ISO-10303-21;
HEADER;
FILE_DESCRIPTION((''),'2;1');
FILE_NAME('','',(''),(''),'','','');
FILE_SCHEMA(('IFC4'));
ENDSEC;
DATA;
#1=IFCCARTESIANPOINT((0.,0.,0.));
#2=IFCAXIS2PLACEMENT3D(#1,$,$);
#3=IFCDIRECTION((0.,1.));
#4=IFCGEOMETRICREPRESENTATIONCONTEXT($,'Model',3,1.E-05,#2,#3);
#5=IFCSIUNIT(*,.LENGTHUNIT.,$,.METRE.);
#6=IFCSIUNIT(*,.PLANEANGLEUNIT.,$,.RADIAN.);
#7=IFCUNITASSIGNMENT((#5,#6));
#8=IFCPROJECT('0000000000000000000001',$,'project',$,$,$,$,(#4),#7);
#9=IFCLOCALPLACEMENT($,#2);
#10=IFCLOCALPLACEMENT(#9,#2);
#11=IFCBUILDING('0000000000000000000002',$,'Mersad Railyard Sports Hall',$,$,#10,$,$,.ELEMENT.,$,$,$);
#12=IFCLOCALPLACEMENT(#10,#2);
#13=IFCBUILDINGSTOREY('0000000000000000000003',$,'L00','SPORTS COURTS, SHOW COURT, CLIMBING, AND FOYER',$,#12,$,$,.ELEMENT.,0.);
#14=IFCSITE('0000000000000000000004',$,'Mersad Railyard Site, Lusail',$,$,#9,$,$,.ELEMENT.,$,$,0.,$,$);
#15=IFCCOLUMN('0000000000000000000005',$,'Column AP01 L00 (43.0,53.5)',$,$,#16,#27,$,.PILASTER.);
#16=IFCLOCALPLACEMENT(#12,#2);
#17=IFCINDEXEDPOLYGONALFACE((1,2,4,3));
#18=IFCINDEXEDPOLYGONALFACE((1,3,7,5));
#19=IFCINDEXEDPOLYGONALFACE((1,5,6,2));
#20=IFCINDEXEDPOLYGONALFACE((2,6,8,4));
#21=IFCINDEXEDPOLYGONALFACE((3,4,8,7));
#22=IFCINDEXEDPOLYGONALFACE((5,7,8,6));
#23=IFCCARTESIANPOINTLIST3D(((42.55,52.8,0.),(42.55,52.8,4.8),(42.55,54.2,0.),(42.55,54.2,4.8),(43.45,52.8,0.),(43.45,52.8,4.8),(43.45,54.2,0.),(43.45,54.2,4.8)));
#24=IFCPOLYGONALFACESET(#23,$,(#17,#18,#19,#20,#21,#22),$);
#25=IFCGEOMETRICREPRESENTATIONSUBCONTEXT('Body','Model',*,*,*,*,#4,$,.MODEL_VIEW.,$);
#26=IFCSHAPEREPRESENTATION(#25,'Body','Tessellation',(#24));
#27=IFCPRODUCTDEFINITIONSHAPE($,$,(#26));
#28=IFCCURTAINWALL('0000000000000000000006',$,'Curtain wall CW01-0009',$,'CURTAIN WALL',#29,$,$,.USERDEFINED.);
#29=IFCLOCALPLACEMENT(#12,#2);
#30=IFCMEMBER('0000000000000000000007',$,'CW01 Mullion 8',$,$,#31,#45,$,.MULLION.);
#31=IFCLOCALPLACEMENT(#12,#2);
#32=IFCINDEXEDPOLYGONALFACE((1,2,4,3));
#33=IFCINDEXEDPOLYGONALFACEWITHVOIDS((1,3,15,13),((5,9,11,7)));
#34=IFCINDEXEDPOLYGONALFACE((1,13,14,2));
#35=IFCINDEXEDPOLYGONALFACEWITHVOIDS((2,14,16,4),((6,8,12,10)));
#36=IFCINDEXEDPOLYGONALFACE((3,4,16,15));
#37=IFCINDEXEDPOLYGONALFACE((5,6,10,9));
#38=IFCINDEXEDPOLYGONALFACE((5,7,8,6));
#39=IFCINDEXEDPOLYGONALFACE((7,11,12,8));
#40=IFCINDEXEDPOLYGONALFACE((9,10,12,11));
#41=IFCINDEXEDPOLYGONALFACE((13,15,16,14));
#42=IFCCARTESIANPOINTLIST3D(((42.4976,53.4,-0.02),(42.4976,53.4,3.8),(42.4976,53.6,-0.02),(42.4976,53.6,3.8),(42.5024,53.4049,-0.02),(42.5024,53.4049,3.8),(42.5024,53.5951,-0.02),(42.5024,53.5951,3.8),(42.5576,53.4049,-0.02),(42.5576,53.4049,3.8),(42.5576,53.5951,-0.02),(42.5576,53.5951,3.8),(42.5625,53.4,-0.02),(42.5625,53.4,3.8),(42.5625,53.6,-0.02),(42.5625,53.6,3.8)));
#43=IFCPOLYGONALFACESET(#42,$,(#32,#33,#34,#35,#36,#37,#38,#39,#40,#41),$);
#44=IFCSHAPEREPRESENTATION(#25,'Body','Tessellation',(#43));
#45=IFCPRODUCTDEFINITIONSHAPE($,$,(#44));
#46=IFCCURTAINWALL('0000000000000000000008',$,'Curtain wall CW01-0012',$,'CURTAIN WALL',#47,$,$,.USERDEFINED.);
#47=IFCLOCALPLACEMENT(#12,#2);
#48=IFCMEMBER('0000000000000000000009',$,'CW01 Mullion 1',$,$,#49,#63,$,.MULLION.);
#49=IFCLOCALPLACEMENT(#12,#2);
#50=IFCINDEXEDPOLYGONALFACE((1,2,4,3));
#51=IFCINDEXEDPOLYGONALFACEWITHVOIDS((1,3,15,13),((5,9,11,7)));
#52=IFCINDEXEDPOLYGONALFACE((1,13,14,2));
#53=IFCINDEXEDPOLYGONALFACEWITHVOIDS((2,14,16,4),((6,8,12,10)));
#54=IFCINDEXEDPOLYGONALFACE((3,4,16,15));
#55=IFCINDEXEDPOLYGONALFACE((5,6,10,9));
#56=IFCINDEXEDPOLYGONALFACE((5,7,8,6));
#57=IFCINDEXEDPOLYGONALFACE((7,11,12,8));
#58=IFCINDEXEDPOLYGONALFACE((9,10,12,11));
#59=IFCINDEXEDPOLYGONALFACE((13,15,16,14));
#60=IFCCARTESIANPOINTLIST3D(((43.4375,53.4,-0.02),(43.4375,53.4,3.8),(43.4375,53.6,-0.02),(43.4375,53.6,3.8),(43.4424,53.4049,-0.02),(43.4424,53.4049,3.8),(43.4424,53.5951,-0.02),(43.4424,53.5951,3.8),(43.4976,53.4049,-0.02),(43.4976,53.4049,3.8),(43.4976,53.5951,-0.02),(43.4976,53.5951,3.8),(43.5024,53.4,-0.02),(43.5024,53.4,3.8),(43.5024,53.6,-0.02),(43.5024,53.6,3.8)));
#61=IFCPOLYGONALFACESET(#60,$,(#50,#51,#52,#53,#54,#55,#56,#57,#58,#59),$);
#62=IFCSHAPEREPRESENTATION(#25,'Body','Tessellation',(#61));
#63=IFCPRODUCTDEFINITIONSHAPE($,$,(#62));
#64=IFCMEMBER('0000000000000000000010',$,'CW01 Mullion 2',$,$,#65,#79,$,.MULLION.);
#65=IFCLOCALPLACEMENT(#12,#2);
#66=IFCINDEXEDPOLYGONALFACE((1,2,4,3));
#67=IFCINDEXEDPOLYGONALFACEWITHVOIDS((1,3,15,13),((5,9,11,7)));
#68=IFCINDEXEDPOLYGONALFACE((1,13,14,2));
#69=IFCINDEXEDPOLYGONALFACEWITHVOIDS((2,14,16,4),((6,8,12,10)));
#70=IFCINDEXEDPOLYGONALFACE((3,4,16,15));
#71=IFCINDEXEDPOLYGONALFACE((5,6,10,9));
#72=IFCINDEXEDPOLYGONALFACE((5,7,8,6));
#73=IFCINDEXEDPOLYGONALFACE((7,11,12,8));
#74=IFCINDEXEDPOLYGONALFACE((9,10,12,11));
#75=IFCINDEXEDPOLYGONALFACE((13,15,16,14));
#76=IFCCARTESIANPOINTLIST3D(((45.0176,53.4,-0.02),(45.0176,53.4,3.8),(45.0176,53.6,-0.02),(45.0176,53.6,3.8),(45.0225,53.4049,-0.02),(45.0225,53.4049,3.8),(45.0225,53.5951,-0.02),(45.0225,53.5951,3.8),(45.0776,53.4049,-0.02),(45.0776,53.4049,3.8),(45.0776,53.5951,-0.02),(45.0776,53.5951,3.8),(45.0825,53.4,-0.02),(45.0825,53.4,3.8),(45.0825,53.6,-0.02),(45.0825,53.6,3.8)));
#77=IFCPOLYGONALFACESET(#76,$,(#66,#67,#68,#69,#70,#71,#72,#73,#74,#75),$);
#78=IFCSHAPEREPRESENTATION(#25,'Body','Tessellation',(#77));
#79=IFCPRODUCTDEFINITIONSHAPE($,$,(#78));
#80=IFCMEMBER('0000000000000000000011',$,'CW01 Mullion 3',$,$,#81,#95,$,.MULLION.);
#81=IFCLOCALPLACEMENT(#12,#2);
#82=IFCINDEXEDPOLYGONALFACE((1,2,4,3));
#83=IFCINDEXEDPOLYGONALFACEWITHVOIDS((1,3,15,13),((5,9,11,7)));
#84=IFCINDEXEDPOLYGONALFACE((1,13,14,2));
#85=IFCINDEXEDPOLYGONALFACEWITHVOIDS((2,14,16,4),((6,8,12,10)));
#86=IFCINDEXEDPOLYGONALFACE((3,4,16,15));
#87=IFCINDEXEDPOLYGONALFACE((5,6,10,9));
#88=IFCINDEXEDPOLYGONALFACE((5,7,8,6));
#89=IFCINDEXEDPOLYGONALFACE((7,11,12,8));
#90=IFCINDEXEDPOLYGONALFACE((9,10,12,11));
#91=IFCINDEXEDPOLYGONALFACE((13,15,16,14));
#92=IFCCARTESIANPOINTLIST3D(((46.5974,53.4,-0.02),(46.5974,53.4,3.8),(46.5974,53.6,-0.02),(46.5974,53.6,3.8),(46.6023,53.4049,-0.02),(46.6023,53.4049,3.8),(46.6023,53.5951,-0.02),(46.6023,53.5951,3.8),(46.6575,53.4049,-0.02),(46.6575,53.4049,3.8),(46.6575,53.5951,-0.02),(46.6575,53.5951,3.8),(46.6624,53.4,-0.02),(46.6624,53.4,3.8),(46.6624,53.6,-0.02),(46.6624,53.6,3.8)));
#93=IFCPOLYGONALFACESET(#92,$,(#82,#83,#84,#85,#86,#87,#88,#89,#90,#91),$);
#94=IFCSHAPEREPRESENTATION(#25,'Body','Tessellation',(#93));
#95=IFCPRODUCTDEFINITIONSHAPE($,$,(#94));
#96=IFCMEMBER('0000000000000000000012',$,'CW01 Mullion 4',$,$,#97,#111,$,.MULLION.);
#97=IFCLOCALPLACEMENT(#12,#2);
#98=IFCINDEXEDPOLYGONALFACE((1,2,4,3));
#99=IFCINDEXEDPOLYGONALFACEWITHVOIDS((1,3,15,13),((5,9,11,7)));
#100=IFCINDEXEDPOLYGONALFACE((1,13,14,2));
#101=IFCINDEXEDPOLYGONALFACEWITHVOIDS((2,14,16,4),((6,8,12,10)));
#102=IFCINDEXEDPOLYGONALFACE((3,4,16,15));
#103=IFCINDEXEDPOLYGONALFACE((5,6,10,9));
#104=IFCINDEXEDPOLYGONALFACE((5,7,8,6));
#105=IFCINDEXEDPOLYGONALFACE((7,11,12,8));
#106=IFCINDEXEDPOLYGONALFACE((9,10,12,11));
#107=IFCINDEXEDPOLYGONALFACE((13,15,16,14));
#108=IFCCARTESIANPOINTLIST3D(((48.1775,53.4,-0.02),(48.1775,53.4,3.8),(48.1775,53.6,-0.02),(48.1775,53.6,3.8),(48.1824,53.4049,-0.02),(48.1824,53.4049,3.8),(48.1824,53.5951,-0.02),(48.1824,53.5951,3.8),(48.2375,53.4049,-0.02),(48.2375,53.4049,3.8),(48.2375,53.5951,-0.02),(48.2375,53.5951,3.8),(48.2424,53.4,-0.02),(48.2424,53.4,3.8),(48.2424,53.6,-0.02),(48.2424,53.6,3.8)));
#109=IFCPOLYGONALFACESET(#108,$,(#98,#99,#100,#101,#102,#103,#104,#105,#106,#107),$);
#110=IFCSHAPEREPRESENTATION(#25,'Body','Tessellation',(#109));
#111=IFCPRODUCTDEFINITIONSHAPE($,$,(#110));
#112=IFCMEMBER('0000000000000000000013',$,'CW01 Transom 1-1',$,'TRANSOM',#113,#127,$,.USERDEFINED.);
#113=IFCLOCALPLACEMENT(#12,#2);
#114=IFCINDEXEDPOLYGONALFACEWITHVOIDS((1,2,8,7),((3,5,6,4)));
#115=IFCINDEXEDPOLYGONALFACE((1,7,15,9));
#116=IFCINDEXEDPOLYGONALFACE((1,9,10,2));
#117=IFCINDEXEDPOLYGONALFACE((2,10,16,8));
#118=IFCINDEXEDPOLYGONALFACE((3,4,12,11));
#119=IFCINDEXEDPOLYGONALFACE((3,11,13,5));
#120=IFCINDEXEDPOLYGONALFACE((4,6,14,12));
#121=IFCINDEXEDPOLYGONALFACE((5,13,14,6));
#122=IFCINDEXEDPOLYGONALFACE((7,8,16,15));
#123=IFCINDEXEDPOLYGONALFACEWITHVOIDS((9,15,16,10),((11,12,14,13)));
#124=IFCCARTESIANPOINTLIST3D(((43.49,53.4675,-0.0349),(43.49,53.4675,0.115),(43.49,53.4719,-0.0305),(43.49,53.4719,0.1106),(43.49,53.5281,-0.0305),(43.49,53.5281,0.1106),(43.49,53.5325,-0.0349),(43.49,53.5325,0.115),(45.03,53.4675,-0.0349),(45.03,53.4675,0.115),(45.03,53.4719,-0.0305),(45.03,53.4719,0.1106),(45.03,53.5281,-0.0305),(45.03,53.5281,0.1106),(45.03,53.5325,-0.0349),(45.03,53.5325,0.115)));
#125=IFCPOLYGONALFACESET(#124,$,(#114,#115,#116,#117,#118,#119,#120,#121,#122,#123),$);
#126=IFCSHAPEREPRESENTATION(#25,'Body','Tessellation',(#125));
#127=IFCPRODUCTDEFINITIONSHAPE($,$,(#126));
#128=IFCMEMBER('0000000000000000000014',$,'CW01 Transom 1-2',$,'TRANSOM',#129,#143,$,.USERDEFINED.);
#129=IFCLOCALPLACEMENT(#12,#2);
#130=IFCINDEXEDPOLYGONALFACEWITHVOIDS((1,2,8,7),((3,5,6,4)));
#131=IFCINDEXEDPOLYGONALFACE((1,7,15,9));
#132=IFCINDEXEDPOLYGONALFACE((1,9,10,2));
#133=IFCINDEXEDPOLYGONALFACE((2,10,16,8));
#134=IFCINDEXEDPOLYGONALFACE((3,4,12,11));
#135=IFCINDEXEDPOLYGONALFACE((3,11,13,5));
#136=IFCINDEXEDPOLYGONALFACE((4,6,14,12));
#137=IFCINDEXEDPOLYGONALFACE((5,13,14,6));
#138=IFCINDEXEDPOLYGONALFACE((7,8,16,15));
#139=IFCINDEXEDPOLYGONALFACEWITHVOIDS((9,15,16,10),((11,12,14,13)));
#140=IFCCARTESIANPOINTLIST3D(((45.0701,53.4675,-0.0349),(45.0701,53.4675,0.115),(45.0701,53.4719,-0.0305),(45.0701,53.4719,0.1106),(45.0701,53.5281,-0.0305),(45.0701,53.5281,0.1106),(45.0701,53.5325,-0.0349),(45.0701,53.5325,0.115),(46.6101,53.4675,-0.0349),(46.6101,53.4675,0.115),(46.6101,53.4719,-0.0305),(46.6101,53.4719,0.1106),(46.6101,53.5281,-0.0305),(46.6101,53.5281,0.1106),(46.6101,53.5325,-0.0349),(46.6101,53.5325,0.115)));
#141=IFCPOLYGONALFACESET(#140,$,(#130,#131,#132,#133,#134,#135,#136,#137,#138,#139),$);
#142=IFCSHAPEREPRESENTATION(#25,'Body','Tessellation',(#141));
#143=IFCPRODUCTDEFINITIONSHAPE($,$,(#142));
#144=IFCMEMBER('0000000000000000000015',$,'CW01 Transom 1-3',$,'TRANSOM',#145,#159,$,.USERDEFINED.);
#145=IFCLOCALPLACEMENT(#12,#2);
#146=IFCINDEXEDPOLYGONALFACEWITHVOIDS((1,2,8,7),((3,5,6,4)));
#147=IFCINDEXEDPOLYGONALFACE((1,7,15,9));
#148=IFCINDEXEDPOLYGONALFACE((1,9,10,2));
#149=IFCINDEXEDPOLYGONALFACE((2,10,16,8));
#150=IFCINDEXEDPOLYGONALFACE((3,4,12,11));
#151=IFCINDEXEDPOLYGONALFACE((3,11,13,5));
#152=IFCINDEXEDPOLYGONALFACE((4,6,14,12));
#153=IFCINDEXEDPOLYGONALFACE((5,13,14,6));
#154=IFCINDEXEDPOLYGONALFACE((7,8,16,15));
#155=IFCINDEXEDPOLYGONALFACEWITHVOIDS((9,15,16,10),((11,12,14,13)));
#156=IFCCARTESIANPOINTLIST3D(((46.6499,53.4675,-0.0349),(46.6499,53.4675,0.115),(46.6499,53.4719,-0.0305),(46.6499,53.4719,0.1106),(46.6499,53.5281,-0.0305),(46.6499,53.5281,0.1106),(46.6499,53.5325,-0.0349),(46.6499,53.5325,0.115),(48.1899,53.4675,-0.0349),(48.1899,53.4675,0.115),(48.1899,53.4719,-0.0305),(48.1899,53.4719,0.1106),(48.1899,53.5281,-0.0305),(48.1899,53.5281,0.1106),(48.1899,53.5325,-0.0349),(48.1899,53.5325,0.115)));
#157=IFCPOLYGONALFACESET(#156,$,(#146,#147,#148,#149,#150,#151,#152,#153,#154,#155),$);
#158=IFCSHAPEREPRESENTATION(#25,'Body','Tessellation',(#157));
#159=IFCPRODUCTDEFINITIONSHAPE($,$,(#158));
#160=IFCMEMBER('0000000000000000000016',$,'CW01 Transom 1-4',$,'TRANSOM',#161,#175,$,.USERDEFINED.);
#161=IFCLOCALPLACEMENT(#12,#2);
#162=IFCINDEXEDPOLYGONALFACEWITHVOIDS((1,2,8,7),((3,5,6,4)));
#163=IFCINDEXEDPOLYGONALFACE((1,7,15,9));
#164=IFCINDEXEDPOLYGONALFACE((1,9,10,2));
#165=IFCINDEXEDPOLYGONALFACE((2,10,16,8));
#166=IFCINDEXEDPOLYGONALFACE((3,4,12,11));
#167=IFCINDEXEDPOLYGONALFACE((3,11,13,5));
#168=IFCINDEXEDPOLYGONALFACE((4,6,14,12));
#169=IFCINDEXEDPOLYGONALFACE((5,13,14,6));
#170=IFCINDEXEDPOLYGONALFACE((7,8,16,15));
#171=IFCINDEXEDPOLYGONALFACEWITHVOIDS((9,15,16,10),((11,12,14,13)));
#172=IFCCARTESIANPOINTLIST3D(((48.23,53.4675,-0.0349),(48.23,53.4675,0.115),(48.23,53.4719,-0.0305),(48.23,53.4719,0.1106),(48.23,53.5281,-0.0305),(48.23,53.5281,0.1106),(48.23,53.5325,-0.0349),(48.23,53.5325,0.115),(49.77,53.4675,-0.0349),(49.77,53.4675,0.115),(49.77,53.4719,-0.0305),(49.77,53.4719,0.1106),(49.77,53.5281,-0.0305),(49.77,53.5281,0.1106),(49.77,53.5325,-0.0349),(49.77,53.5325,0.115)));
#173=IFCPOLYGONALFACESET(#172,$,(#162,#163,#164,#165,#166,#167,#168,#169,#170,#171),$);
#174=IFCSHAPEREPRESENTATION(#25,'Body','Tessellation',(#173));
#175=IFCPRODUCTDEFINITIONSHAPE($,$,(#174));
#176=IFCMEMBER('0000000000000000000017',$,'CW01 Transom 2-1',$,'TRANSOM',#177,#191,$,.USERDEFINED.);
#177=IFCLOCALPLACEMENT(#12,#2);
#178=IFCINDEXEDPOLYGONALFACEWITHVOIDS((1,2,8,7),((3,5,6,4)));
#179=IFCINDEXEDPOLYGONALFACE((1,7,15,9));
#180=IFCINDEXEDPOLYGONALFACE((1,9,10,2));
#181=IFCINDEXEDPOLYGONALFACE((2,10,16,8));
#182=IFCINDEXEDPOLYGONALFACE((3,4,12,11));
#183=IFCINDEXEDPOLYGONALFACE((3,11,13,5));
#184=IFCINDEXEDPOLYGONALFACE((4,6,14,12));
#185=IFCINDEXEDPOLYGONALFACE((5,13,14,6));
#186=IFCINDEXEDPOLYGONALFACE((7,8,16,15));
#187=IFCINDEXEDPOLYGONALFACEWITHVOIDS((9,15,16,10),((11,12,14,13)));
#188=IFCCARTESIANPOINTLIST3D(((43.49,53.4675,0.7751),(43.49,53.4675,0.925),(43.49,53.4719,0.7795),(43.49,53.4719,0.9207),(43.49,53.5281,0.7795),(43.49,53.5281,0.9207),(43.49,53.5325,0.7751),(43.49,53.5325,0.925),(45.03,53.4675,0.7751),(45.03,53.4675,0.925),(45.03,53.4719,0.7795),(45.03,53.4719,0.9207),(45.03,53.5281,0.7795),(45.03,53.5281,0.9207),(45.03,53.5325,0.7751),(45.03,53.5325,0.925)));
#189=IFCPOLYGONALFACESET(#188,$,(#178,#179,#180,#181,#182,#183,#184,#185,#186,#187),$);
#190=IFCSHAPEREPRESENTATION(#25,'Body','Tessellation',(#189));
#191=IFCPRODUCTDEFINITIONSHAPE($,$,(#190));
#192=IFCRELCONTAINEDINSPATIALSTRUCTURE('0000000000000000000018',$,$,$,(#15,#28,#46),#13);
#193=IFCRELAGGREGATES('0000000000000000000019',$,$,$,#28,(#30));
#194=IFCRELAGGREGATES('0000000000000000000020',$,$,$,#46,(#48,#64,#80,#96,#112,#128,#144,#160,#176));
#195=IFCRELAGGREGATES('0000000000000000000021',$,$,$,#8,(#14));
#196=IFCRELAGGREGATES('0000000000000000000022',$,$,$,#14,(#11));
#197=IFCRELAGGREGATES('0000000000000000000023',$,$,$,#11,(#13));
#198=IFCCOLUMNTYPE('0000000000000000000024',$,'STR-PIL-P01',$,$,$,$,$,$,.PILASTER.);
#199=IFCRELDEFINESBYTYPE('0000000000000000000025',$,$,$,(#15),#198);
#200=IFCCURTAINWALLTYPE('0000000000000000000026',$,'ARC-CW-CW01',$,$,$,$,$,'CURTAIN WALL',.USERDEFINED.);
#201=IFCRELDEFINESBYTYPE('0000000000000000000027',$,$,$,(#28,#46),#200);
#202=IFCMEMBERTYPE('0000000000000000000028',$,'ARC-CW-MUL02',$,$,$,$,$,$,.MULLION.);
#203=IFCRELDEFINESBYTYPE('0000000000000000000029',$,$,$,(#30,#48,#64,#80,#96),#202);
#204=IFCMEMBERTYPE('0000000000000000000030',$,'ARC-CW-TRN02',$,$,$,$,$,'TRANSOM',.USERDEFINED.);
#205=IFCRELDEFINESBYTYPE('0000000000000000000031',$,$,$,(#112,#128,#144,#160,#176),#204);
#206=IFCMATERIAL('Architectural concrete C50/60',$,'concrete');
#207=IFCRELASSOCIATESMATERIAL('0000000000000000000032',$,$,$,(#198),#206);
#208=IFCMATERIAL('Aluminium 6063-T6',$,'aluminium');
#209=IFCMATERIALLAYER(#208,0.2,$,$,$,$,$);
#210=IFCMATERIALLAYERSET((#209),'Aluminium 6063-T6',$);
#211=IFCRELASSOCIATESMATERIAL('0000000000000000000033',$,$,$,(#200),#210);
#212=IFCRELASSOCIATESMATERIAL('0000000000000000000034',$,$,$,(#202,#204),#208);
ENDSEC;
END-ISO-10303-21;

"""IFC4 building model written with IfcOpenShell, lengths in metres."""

from ifc_helpers import new_model, si_unit, direction, frame, origin, origin_2d, place, context, subcontext, project, spatial, rectangle, hollow_rectangle, extrude, material, layer, layer_set, material_profile, profile_set, type_object, element, aggregate, save


model = new_model("IFC4")

# Units and contexts
model_context = context("Model", 3, precision=1e-05, world=origin(), true_north=direction((0.0, 1.0)))
body_context = subcontext(model_context, "Body", "Model", "MODEL_VIEW")
ifc_project = project(units=[si_unit("LENGTHUNIT", "METRE"), si_unit("PLANEANGLEUNIT", "RADIAN")], contexts=[model_context])

# Site, building, storey
site_placement = place(None, origin())
site = spatial("IfcSite", under=ifc_project, at=site_placement, Name="Mersad Railyard Site, Lusail", CompositionType="ELEMENT", RefElevation=0.0)
building_placement = place(site_placement, origin())
building = spatial("IfcBuilding", under=site, at=building_placement, Name="Mersad Railyard Sports Hall", CompositionType="ELEMENT")
storey_placement = place(building_placement, origin())
storey = spatial("IfcBuildingStorey", under=building, at=storey_placement, Name="L00", Description="SPORTS COURTS, SHOW COURT, CLIMBING, AND FOYER", CompositionType="ELEMENT", Elevation=0.0)

# Column
ifc_material_1 = material(Name="Architectural concrete C50/60", Category="concrete")
ifc_material_profile_1 = material_profile(ifc_material_1, rectangle(XDim=0.8999, YDim=1.3999, at=origin_2d()), Name="RC 900x1400")
ifc_profile_set_1 = profile_set([ifc_material_profile_1], Name="Architectural concrete C50/60")
column_type = type_object("IfcColumnType", Name="STR-PIL-P01", PredefinedType="PILASTER", material=ifc_profile_set_1)
column_placement = place(storey_placement, frame((43.0, 53.5, 0.0), z_axis=(0.0, 0.0, 1.0), x_axis=(1.0, 0.0, 0.0)))
element("IfcColumn", 1, at=column_placement, inside=storey, type_object=column_type, Name="Column AP01 L00 (43.0,53.5)", PredefinedType="PILASTER", context=body_context, shape_type="SweptSolid", body=[
    extrude(rectangle(XDim=0.8999, YDim=1.3999, at=origin_2d()), origin(), (0.0, 0.0, 1.0), 4.8),
])

# Curtain wall, member
ifc_material_2 = material(Name="Aluminium 6063-T6", Category="aluminium")
ifc_layer_1 = layer(ifc_material_2, 0.2)
ifc_layer_set_1 = layer_set([ifc_layer_1], Name="Aluminium 6063-T6")
curtain_wall_type = type_object("IfcCurtainWallType", Name="ARC-CW-CW01", ElementType="CURTAIN WALL", PredefinedType="USERDEFINED", material=ifc_layer_set_1)
curtain_wall_1_placement = place(storey_placement, origin())
curtain_wall_1 = element("IfcCurtainWall", 2, at=curtain_wall_1_placement, inside=storey, type_object=curtain_wall_type, Name="Curtain wall CW01-0009", ObjectType="CURTAIN WALL", PredefinedType="USERDEFINED")
ifc_material_profile_2 = material_profile(ifc_material_2, hollow_rectangle(XDim=0.0649, YDim=0.2, WallThickness=0.0049, at=origin_2d()), Name="AL MULLION 65x200x5")
ifc_profile_set_2 = profile_set([ifc_material_profile_2], Name="Aluminium 6063-T6")
member_type_1 = type_object("IfcMemberType", Name="ARC-CW-MUL02", PredefinedType="MULLION", material=ifc_profile_set_2)
member_1_placement = place(storey_placement, frame((42.53, 53.5, -0.02), z_axis=(0.0, 0.0, 1.0), x_axis=(1.0, 0.0, 0.0)))
member_1 = element("IfcMember", 3, at=member_1_placement, type_object=member_type_1, Name="CW01 Mullion 8", PredefinedType="MULLION", context=body_context, shape_type="SweptSolid", body=[
    extrude(hollow_rectangle(XDim=0.0649, YDim=0.2, WallThickness=0.0049, at=origin_2d()), origin(), (0.0, 0.0, 1.0), 3.8201),
])

# Curtain wall, members
curtain_wall_2_placement = place(storey_placement, origin())
curtain_wall_2 = element("IfcCurtainWall", 4, at=curtain_wall_2_placement, inside=storey, type_object=curtain_wall_type, Name="Curtain wall CW01-0012", ObjectType="CURTAIN WALL", PredefinedType="USERDEFINED")
member_2_placement = place(storey_placement, frame((43.47, 53.5, -0.02), z_axis=(0.0, 0.0, 1.0), x_axis=(1.0, 0.0, 0.0)))
member_2 = element("IfcMember", 5, at=member_2_placement, type_object=member_type_1, Name="CW01 Mullion 1", PredefinedType="MULLION", context=body_context, shape_type="SweptSolid", body=[
    extrude(hollow_rectangle(XDim=0.0649, YDim=0.2, WallThickness=0.0049, at=origin_2d()), origin(), (0.0, 0.0, 1.0), 3.8201),
])
member_3_placement = place(storey_placement, frame((45.05, 53.5, -0.02), z_axis=(0.0, 0.0, 1.0), x_axis=(1.0, 0.0, 0.0)))
member_3 = element("IfcMember", 6, at=member_3_placement, type_object=member_type_1, Name="CW01 Mullion 2", PredefinedType="MULLION", context=body_context, shape_type="SweptSolid", body=[
    extrude(hollow_rectangle(XDim=0.0649, YDim=0.2, WallThickness=0.0049, at=origin_2d()), origin(), (0.0, 0.0, 1.0), 3.8201),
])
member_4_placement = place(storey_placement, frame((46.6299, 53.5, -0.02), z_axis=(0.0, 0.0, 1.0), x_axis=(1.0, 0.0, 0.0)))
member_4 = element("IfcMember", 7, at=member_4_placement, type_object=member_type_1, Name="CW01 Mullion 3", PredefinedType="MULLION", context=body_context, shape_type="SweptSolid", body=[
    extrude(hollow_rectangle(XDim=0.0649, YDim=0.2, WallThickness=0.0049, at=origin_2d()), origin(), (0.0, 0.0, 1.0), 3.8201),
])
member_5_placement = place(storey_placement, frame((48.21, 53.5, -0.02), z_axis=(0.0, 0.0, 1.0), x_axis=(1.0, 0.0, 0.0)))
member_5 = element("IfcMember", 8, at=member_5_placement, type_object=member_type_1, Name="CW01 Mullion 4", PredefinedType="MULLION", context=body_context, shape_type="SweptSolid", body=[
    extrude(hollow_rectangle(XDim=0.0649, YDim=0.2, WallThickness=0.0049, at=origin_2d()), origin(), (0.0, 0.0, 1.0), 3.8201),
])
ifc_material_profile_3 = material_profile(ifc_material_2, hollow_rectangle(XDim=0.0649, YDim=0.1499, WallThickness=0.0044, at=origin_2d()), Name="AL TRANSOM 65x150x4.5")
ifc_profile_set_3 = profile_set([ifc_material_profile_3], Name="Aluminium 6063-T6")
member_type_2 = type_object("IfcMemberType", Name="ARC-CW-TRN02", ElementType="TRANSOM", PredefinedType="USERDEFINED", material=ifc_profile_set_3)
member_6_placement = place(storey_placement, frame((43.49, 53.5, 0.04), z_axis=(1.0, 0.0, 0.0), x_axis=(0.0, 1.0, 0.0)))
member_6 = element("IfcMember", 9, at=member_6_placement, type_object=member_type_2, Name="CW01 Transom 1-1", ObjectType="TRANSOM", PredefinedType="USERDEFINED", context=body_context, shape_type="SweptSolid", body=[
    extrude(hollow_rectangle(XDim=0.0649, YDim=0.1499, WallThickness=0.0044, at=origin_2d()), origin(), (0.0, 0.0, 1.0), 1.54),
])
member_7_placement = place(storey_placement, frame((45.0701, 53.5, 0.04), z_axis=(1.0, 0.0, 0.0), x_axis=(0.0, 1.0, 0.0)))
member_7 = element("IfcMember", 10, at=member_7_placement, type_object=member_type_2, Name="CW01 Transom 1-2", ObjectType="TRANSOM", PredefinedType="USERDEFINED", context=body_context, shape_type="SweptSolid", body=[
    extrude(hollow_rectangle(XDim=0.0649, YDim=0.1499, WallThickness=0.0044, at=origin_2d()), origin(), (0.0, 0.0, 1.0), 1.54),
])
member_8_placement = place(storey_placement, frame((46.6499, 53.5, 0.04), z_axis=(1.0, 0.0, 0.0), x_axis=(0.0, 1.0, 0.0)))
member_8 = element("IfcMember", 11, at=member_8_placement, type_object=member_type_2, Name="CW01 Transom 1-3", ObjectType="TRANSOM", PredefinedType="USERDEFINED", context=body_context, shape_type="SweptSolid", body=[
    extrude(hollow_rectangle(XDim=0.0649, YDim=0.1499, WallThickness=0.0044, at=origin_2d()), origin(), (0.0, 0.0, 1.0), 1.54),
])
member_9_placement = place(storey_placement, frame((48.23, 53.5, 0.04), z_axis=(1.0, 0.0, 0.0), x_axis=(0.0, 1.0, 0.0)))
member_9 = element("IfcMember", 12, at=member_9_placement, type_object=member_type_2, Name="CW01 Transom 1-4", ObjectType="TRANSOM", PredefinedType="USERDEFINED", context=body_context, shape_type="SweptSolid", body=[
    extrude(hollow_rectangle(XDim=0.0649, YDim=0.1499, WallThickness=0.0044, at=origin_2d()), origin(), (0.0, 0.0, 1.0), 1.54),
])
member_10_placement = place(storey_placement, frame((43.49, 53.5, 0.8501), z_axis=(1.0, 0.0, 0.0), x_axis=(0.0, 1.0, 0.0)))
member_10 = element("IfcMember", 13, at=member_10_placement, type_object=member_type_2, Name="CW01 Transom 2-1", ObjectType="TRANSOM", PredefinedType="USERDEFINED", context=body_context, shape_type="SweptSolid", body=[
    extrude(hollow_rectangle(XDim=0.0649, YDim=0.1499, WallThickness=0.0044, at=origin_2d()), origin(), (0.0, 0.0, 1.0), 1.54),
])

aggregate(curtain_wall_1, [member_1])
aggregate(curtain_wall_2, [member_2, member_3, member_4, member_5, member_6, member_7, member_8, member_9, member_10])

save(model, "model.ifc")
